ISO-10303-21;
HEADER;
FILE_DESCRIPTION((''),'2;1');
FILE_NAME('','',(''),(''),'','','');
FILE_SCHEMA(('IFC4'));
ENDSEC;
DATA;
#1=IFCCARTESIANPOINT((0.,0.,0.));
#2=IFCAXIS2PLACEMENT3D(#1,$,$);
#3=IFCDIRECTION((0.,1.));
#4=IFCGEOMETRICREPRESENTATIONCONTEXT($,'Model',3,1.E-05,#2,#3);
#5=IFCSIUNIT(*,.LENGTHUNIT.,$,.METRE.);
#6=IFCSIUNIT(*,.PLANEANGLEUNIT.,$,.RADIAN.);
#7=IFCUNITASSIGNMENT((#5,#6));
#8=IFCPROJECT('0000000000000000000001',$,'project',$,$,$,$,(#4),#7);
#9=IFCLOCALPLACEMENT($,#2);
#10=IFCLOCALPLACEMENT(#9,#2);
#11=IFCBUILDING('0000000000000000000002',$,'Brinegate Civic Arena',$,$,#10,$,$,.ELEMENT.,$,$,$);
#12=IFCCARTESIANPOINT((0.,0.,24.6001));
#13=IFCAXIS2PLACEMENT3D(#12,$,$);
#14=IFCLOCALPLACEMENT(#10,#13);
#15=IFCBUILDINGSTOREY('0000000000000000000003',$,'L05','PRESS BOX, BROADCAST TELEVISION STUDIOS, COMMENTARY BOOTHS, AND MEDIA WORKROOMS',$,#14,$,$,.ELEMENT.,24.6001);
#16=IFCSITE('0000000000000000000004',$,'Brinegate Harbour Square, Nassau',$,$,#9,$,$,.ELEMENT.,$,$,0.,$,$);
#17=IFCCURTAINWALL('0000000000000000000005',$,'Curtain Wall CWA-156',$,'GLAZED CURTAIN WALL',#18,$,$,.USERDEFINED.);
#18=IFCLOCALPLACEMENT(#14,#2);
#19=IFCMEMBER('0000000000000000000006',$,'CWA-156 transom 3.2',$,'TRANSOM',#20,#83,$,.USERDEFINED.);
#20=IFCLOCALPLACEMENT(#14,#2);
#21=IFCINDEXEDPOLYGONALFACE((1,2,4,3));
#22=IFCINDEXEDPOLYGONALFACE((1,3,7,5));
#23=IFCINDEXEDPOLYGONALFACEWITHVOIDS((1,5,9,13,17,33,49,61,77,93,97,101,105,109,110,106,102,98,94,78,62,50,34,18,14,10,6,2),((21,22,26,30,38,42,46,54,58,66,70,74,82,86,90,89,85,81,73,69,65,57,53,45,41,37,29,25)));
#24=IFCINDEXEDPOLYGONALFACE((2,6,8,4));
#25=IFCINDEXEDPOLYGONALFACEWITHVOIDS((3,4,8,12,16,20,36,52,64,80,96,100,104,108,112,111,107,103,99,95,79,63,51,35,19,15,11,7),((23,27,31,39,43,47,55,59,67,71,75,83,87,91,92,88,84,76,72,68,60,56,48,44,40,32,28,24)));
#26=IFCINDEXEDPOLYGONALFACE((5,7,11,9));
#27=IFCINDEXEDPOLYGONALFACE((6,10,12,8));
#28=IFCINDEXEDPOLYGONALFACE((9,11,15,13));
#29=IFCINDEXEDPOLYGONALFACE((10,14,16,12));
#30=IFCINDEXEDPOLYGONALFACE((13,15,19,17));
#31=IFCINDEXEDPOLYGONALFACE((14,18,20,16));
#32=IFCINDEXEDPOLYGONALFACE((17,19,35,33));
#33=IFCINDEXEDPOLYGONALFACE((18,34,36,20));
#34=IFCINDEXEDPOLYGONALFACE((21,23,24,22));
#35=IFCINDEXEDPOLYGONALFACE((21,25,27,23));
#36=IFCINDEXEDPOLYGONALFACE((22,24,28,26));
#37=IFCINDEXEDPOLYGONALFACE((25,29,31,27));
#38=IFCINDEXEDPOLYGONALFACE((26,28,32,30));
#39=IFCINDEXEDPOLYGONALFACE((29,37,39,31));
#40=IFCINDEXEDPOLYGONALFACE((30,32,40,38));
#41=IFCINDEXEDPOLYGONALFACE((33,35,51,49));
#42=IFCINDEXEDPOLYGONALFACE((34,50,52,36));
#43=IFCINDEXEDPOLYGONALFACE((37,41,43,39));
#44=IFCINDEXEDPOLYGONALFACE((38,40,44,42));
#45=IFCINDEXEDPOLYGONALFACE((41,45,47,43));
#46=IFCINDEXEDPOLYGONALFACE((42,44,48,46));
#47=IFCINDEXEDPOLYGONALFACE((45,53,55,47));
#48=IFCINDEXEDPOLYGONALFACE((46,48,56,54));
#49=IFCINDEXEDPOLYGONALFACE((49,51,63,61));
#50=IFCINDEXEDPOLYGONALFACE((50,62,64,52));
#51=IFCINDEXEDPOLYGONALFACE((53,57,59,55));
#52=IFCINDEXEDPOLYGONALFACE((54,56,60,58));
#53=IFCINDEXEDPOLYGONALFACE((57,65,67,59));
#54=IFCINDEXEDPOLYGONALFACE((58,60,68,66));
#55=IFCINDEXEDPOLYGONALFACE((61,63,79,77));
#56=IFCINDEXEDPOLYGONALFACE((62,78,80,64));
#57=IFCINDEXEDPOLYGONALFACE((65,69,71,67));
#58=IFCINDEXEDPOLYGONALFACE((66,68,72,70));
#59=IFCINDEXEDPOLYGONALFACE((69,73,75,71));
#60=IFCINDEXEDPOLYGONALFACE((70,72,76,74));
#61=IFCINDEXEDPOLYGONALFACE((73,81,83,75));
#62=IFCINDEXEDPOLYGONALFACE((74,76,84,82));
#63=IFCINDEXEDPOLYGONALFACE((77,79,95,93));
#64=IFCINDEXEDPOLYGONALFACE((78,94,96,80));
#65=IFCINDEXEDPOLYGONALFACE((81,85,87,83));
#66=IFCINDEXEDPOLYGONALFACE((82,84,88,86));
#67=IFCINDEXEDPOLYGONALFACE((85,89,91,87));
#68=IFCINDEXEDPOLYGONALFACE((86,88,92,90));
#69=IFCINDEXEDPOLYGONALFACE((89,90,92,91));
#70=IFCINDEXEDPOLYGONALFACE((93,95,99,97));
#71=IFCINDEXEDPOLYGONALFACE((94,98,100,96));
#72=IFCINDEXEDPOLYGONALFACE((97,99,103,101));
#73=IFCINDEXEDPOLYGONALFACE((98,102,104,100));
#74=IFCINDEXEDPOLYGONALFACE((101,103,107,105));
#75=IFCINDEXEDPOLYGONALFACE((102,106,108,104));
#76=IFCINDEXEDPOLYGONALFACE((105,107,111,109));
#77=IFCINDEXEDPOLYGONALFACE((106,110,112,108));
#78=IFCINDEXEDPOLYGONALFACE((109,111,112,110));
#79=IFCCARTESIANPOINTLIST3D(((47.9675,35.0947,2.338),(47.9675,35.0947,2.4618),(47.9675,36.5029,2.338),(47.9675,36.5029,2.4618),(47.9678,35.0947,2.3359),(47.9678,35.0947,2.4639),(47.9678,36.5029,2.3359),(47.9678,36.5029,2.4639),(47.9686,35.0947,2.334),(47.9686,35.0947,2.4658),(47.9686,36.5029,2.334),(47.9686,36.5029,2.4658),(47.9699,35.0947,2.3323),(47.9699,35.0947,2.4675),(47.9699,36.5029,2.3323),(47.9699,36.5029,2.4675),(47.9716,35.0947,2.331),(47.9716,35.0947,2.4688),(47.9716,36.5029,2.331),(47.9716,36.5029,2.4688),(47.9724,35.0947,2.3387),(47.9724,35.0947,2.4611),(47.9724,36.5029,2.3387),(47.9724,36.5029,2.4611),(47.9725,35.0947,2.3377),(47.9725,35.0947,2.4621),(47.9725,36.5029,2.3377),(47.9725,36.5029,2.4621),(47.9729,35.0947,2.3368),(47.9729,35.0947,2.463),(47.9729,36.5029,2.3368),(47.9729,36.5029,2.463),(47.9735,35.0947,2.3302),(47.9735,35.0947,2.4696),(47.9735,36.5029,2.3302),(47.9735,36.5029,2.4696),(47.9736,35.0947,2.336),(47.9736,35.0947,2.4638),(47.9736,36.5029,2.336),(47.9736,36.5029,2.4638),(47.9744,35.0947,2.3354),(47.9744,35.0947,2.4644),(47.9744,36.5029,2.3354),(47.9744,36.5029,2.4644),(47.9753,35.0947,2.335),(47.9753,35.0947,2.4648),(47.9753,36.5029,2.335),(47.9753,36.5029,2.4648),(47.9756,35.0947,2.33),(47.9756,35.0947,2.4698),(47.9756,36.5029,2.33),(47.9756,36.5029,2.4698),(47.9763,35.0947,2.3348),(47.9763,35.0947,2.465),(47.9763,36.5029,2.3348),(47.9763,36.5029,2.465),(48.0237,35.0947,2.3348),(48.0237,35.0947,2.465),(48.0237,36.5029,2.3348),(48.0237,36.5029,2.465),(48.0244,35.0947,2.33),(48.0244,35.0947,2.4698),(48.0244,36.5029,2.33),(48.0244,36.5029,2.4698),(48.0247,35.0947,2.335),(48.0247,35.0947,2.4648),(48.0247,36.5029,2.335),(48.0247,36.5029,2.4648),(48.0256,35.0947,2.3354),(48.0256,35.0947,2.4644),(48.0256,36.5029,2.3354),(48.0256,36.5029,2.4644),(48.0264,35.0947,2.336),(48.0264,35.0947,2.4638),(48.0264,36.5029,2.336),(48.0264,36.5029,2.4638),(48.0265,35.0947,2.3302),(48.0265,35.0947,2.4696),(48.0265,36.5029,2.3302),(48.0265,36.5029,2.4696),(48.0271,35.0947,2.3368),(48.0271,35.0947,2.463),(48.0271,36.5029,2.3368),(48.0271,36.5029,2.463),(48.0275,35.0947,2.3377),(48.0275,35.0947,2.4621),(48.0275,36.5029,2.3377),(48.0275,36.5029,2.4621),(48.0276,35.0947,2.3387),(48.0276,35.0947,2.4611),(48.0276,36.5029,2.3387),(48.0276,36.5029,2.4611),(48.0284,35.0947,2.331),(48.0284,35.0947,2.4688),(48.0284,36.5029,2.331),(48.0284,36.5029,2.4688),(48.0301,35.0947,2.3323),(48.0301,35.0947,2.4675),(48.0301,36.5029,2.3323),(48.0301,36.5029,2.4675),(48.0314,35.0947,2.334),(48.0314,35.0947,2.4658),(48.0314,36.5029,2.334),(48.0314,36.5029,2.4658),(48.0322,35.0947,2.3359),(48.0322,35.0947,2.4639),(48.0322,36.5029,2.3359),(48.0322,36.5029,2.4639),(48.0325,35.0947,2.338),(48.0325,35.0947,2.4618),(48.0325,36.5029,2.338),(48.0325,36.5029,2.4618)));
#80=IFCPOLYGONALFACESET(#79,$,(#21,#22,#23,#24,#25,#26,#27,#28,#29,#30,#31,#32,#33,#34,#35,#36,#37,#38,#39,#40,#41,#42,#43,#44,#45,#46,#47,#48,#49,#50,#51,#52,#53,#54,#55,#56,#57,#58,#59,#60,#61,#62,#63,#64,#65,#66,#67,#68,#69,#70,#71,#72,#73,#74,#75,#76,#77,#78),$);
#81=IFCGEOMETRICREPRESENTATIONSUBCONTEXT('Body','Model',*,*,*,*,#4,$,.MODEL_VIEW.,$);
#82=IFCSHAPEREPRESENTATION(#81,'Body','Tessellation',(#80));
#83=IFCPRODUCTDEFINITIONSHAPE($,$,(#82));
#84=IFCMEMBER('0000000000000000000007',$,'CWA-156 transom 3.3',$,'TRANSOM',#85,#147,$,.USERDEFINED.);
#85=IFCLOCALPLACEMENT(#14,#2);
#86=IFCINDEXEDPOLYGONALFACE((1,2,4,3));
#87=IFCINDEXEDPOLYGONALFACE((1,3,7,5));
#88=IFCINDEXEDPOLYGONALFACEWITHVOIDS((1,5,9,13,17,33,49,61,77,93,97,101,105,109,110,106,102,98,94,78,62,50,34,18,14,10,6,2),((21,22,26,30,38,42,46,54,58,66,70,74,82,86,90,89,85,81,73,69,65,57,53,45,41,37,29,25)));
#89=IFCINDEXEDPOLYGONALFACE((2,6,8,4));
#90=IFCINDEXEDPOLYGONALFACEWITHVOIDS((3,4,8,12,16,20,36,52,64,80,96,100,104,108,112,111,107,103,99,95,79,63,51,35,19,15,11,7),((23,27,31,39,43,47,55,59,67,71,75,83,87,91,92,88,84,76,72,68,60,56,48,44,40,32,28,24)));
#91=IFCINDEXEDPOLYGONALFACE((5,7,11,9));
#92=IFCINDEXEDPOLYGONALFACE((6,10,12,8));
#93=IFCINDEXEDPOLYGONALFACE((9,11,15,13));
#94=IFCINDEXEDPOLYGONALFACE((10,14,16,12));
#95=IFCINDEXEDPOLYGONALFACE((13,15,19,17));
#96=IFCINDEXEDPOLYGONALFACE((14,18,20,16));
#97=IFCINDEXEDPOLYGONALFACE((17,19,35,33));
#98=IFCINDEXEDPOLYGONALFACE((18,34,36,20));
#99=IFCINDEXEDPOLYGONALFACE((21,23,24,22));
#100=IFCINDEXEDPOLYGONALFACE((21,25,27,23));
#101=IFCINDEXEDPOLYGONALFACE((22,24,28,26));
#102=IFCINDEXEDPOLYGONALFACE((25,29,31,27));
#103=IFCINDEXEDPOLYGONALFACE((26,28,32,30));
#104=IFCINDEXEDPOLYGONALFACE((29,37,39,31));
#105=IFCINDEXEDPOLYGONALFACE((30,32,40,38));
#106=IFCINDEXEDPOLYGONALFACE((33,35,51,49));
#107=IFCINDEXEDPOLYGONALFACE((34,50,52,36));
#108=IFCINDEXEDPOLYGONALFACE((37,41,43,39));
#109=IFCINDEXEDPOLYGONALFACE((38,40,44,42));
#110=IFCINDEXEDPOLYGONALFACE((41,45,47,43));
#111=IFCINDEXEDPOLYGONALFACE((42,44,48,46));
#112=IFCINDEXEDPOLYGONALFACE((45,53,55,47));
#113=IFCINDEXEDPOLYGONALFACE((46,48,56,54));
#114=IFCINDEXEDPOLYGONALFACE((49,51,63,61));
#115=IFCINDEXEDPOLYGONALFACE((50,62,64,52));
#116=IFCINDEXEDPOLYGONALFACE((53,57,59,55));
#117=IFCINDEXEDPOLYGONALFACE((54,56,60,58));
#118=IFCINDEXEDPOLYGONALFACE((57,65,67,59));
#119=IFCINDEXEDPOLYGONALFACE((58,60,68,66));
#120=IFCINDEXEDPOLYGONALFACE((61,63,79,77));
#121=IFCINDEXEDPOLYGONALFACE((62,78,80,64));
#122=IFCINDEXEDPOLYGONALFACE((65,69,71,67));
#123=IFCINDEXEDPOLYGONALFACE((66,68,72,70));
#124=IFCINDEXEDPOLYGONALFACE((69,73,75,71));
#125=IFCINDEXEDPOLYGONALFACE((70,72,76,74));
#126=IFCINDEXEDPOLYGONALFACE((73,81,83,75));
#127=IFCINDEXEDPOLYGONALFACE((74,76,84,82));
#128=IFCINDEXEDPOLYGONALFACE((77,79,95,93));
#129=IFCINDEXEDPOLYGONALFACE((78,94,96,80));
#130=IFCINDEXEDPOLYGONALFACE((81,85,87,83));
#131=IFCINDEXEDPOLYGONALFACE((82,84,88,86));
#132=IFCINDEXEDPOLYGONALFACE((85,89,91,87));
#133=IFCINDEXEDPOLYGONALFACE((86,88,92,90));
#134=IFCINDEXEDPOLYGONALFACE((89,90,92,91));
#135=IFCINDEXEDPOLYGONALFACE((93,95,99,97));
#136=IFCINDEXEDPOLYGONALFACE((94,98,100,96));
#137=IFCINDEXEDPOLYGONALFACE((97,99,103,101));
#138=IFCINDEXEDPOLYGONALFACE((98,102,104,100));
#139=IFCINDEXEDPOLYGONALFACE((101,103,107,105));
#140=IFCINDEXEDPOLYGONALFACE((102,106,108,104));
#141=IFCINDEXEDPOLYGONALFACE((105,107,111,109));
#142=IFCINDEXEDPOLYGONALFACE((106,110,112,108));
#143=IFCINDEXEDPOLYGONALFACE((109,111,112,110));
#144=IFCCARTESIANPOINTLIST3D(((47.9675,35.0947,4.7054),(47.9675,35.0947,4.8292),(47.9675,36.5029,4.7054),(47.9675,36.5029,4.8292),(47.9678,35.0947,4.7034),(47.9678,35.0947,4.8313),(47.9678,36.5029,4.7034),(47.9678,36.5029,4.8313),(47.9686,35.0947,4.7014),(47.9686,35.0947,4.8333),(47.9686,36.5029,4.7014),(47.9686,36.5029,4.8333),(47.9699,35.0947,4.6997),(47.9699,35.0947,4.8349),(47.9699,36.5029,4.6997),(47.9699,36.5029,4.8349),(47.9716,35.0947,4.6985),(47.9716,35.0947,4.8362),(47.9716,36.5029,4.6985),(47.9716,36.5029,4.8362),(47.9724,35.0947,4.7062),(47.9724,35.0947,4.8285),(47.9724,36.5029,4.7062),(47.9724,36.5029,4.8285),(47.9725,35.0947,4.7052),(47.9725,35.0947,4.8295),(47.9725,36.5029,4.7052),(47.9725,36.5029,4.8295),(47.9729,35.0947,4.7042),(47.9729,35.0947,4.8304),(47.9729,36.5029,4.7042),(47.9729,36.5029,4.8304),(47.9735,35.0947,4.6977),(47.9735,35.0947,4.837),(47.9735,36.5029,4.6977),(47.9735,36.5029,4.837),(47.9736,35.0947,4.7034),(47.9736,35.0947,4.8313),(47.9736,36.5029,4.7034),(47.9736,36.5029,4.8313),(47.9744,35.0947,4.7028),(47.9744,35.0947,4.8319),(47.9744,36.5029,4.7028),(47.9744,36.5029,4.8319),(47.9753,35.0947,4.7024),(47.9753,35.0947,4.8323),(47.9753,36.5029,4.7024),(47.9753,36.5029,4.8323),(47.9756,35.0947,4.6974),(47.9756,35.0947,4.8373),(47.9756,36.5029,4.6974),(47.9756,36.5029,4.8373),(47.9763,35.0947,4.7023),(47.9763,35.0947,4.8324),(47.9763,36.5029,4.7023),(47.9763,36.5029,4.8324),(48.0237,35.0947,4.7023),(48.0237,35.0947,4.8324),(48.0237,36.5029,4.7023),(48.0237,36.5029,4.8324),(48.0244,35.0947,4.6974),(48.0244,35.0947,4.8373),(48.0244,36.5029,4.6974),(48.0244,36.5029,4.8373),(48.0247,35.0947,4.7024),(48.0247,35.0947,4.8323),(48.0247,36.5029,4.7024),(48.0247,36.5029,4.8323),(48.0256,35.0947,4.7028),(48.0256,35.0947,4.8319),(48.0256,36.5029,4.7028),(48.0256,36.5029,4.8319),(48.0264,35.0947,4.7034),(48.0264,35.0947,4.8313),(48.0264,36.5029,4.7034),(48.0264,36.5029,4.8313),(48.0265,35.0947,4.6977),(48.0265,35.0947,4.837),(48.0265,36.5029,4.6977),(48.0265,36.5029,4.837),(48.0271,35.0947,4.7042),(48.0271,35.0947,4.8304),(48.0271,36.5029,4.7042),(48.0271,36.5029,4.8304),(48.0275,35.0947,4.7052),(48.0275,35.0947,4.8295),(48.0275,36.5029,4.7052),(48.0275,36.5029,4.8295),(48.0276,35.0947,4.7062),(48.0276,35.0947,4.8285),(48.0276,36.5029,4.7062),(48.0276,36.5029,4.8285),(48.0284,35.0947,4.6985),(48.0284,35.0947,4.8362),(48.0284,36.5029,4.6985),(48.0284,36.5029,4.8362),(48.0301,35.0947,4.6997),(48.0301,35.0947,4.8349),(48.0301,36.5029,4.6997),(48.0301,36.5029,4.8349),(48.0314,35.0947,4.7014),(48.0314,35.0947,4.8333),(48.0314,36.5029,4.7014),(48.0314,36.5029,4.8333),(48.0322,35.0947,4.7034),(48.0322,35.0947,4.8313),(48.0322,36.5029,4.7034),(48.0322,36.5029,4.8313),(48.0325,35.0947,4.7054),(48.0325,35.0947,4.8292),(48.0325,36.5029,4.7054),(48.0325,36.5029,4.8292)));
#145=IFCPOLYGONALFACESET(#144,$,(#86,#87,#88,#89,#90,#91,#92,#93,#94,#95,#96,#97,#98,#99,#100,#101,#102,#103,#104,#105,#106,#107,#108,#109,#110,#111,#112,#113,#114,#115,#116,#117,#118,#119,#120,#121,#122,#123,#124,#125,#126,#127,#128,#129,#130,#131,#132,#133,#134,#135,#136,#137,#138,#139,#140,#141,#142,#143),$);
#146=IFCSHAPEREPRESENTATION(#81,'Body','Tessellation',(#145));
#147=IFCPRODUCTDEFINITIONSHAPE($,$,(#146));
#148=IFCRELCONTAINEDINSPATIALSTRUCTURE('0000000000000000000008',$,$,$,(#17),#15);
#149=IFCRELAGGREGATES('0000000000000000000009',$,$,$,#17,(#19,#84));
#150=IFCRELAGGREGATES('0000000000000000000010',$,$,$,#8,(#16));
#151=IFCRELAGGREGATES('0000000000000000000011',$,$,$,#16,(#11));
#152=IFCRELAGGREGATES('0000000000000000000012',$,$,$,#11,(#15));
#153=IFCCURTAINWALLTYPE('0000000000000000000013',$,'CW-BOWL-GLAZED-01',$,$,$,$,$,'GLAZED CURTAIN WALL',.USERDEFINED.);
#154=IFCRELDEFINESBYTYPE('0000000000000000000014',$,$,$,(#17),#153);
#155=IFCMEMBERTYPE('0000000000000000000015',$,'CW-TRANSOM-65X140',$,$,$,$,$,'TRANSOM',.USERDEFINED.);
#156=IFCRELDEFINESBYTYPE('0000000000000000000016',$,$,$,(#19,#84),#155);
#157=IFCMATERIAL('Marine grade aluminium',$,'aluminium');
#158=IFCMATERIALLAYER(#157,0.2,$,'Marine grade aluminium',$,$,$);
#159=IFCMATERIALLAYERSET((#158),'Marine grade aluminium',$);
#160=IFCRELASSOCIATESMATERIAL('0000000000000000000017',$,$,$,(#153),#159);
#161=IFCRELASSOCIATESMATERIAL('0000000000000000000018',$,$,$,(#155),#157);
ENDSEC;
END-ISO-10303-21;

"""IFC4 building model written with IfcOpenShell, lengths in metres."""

from ifc_helpers import new_model, si_unit, direction, frame, origin, origin_2d, place, context, subcontext, project, spatial, hollow_rectangle, extrude, material, layer, layer_set, material_profile, profile_set, type_object, element, aggregate, save


model = new_model("IFC4")

# Units and contexts
model_context = context("Model", 3, precision=1e-05, world=origin(), true_north=direction((0.0, 1.0)))
body_context = subcontext(model_context, "Body", "Model", "MODEL_VIEW")
ifc_project = project(units=[si_unit("LENGTHUNIT", "METRE"), si_unit("PLANEANGLEUNIT", "RADIAN")], contexts=[model_context])

# Site, building, storey
site_placement = place(None, origin())
site = spatial("IfcSite", under=ifc_project, at=site_placement, Name="Brinegate Harbour Square, Nassau", CompositionType="ELEMENT", RefElevation=0.0)
building_placement = place(site_placement, origin())
building = spatial("IfcBuilding", under=site, at=building_placement, Name="Brinegate Civic Arena", CompositionType="ELEMENT")
storey_placement = place(building_placement, frame((0.0, 0.0, 24.6001)))
storey = spatial("IfcBuildingStorey", under=building, at=storey_placement, Name="L05", Description="PRESS BOX, BROADCAST TELEVISION STUDIOS, COMMENTARY BOOTHS, AND MEDIA WORKROOMS", CompositionType="ELEMENT", Elevation=24.6001)

# Curtain wall
ifc_material_1 = material(Name="Marine grade aluminium", Category="aluminium")
ifc_layer_1 = layer(ifc_material_1, 0.2, Name="Marine grade aluminium")
ifc_layer_set_1 = layer_set([ifc_layer_1], Name="Marine grade aluminium")
curtain_wall_type = type_object("IfcCurtainWallType", Name="CW-BOWL-GLAZED-01", ElementType="GLAZED CURTAIN WALL", PredefinedType="USERDEFINED", material=ifc_layer_set_1)
curtain_wall_1_placement = place(storey_placement, origin())
curtain_wall_1 = element("IfcCurtainWall", 1, at=curtain_wall_1_placement, inside=storey, type_object=curtain_wall_type, Name="Curtain Wall CWA-156", ObjectType="GLAZED CURTAIN WALL", PredefinedType="USERDEFINED")

# Members
ifc_material_profile_1 = material_profile(ifc_material_1, hollow_rectangle(XDim=0.0649, YDim=0.1399, WallThickness=0.0049, InnerFilletRadius=0.0039, OuterFilletRadius=0.0081, at=origin_2d()), Name="TRN65X140")
ifc_profile_set_1 = profile_set([ifc_material_profile_1], Name="Marine grade aluminium")
member_type_1 = type_object("IfcMemberType", Name="CW-TRANSOM-65X140", ElementType="TRANSOM", PredefinedType="USERDEFINED", material=ifc_profile_set_1)
member_1_placement = place(storey_placement, frame((48.0, 35.0947, 2.3999), z_axis=(0.0, 1.0, 0.0), x_axis=(-1.0, 0.0, 0.0)))
member_1 = element("IfcMember", 2, at=member_1_placement, type_object=member_type_1, Name="CWA-156 transom 3.2", ObjectType="TRANSOM", PredefinedType="USERDEFINED", context=body_context, shape_type="SweptSolid", body=[
    extrude(hollow_rectangle(XDim=0.0649, YDim=0.1399, WallThickness=0.0049, InnerFilletRadius=0.0039, OuterFilletRadius=0.0081, at=origin_2d()), origin(), (0.0, 0.0, 1.0), 1.4082),
])
member_2_placement = place(storey_placement, frame((48.0, 35.0947, 4.7673), z_axis=(0.0, 1.0, 0.0), x_axis=(-1.0, 0.0, 0.0)))
member_2 = element("IfcMember", 3, at=member_2_placement, type_object=member_type_1, Name="CWA-156 transom 3.3", ObjectType="TRANSOM", PredefinedType="USERDEFINED", context=body_context, shape_type="SweptSolid", body=[
    extrude(hollow_rectangle(XDim=0.0649, YDim=0.1399, WallThickness=0.0049, InnerFilletRadius=0.0039, OuterFilletRadius=0.0081, at=origin_2d()), origin(), (0.0, 0.0, 1.0), 1.4082),
])

aggregate(curtain_wall_1, [member_1, member_2])

save(model, "model.ifc")
